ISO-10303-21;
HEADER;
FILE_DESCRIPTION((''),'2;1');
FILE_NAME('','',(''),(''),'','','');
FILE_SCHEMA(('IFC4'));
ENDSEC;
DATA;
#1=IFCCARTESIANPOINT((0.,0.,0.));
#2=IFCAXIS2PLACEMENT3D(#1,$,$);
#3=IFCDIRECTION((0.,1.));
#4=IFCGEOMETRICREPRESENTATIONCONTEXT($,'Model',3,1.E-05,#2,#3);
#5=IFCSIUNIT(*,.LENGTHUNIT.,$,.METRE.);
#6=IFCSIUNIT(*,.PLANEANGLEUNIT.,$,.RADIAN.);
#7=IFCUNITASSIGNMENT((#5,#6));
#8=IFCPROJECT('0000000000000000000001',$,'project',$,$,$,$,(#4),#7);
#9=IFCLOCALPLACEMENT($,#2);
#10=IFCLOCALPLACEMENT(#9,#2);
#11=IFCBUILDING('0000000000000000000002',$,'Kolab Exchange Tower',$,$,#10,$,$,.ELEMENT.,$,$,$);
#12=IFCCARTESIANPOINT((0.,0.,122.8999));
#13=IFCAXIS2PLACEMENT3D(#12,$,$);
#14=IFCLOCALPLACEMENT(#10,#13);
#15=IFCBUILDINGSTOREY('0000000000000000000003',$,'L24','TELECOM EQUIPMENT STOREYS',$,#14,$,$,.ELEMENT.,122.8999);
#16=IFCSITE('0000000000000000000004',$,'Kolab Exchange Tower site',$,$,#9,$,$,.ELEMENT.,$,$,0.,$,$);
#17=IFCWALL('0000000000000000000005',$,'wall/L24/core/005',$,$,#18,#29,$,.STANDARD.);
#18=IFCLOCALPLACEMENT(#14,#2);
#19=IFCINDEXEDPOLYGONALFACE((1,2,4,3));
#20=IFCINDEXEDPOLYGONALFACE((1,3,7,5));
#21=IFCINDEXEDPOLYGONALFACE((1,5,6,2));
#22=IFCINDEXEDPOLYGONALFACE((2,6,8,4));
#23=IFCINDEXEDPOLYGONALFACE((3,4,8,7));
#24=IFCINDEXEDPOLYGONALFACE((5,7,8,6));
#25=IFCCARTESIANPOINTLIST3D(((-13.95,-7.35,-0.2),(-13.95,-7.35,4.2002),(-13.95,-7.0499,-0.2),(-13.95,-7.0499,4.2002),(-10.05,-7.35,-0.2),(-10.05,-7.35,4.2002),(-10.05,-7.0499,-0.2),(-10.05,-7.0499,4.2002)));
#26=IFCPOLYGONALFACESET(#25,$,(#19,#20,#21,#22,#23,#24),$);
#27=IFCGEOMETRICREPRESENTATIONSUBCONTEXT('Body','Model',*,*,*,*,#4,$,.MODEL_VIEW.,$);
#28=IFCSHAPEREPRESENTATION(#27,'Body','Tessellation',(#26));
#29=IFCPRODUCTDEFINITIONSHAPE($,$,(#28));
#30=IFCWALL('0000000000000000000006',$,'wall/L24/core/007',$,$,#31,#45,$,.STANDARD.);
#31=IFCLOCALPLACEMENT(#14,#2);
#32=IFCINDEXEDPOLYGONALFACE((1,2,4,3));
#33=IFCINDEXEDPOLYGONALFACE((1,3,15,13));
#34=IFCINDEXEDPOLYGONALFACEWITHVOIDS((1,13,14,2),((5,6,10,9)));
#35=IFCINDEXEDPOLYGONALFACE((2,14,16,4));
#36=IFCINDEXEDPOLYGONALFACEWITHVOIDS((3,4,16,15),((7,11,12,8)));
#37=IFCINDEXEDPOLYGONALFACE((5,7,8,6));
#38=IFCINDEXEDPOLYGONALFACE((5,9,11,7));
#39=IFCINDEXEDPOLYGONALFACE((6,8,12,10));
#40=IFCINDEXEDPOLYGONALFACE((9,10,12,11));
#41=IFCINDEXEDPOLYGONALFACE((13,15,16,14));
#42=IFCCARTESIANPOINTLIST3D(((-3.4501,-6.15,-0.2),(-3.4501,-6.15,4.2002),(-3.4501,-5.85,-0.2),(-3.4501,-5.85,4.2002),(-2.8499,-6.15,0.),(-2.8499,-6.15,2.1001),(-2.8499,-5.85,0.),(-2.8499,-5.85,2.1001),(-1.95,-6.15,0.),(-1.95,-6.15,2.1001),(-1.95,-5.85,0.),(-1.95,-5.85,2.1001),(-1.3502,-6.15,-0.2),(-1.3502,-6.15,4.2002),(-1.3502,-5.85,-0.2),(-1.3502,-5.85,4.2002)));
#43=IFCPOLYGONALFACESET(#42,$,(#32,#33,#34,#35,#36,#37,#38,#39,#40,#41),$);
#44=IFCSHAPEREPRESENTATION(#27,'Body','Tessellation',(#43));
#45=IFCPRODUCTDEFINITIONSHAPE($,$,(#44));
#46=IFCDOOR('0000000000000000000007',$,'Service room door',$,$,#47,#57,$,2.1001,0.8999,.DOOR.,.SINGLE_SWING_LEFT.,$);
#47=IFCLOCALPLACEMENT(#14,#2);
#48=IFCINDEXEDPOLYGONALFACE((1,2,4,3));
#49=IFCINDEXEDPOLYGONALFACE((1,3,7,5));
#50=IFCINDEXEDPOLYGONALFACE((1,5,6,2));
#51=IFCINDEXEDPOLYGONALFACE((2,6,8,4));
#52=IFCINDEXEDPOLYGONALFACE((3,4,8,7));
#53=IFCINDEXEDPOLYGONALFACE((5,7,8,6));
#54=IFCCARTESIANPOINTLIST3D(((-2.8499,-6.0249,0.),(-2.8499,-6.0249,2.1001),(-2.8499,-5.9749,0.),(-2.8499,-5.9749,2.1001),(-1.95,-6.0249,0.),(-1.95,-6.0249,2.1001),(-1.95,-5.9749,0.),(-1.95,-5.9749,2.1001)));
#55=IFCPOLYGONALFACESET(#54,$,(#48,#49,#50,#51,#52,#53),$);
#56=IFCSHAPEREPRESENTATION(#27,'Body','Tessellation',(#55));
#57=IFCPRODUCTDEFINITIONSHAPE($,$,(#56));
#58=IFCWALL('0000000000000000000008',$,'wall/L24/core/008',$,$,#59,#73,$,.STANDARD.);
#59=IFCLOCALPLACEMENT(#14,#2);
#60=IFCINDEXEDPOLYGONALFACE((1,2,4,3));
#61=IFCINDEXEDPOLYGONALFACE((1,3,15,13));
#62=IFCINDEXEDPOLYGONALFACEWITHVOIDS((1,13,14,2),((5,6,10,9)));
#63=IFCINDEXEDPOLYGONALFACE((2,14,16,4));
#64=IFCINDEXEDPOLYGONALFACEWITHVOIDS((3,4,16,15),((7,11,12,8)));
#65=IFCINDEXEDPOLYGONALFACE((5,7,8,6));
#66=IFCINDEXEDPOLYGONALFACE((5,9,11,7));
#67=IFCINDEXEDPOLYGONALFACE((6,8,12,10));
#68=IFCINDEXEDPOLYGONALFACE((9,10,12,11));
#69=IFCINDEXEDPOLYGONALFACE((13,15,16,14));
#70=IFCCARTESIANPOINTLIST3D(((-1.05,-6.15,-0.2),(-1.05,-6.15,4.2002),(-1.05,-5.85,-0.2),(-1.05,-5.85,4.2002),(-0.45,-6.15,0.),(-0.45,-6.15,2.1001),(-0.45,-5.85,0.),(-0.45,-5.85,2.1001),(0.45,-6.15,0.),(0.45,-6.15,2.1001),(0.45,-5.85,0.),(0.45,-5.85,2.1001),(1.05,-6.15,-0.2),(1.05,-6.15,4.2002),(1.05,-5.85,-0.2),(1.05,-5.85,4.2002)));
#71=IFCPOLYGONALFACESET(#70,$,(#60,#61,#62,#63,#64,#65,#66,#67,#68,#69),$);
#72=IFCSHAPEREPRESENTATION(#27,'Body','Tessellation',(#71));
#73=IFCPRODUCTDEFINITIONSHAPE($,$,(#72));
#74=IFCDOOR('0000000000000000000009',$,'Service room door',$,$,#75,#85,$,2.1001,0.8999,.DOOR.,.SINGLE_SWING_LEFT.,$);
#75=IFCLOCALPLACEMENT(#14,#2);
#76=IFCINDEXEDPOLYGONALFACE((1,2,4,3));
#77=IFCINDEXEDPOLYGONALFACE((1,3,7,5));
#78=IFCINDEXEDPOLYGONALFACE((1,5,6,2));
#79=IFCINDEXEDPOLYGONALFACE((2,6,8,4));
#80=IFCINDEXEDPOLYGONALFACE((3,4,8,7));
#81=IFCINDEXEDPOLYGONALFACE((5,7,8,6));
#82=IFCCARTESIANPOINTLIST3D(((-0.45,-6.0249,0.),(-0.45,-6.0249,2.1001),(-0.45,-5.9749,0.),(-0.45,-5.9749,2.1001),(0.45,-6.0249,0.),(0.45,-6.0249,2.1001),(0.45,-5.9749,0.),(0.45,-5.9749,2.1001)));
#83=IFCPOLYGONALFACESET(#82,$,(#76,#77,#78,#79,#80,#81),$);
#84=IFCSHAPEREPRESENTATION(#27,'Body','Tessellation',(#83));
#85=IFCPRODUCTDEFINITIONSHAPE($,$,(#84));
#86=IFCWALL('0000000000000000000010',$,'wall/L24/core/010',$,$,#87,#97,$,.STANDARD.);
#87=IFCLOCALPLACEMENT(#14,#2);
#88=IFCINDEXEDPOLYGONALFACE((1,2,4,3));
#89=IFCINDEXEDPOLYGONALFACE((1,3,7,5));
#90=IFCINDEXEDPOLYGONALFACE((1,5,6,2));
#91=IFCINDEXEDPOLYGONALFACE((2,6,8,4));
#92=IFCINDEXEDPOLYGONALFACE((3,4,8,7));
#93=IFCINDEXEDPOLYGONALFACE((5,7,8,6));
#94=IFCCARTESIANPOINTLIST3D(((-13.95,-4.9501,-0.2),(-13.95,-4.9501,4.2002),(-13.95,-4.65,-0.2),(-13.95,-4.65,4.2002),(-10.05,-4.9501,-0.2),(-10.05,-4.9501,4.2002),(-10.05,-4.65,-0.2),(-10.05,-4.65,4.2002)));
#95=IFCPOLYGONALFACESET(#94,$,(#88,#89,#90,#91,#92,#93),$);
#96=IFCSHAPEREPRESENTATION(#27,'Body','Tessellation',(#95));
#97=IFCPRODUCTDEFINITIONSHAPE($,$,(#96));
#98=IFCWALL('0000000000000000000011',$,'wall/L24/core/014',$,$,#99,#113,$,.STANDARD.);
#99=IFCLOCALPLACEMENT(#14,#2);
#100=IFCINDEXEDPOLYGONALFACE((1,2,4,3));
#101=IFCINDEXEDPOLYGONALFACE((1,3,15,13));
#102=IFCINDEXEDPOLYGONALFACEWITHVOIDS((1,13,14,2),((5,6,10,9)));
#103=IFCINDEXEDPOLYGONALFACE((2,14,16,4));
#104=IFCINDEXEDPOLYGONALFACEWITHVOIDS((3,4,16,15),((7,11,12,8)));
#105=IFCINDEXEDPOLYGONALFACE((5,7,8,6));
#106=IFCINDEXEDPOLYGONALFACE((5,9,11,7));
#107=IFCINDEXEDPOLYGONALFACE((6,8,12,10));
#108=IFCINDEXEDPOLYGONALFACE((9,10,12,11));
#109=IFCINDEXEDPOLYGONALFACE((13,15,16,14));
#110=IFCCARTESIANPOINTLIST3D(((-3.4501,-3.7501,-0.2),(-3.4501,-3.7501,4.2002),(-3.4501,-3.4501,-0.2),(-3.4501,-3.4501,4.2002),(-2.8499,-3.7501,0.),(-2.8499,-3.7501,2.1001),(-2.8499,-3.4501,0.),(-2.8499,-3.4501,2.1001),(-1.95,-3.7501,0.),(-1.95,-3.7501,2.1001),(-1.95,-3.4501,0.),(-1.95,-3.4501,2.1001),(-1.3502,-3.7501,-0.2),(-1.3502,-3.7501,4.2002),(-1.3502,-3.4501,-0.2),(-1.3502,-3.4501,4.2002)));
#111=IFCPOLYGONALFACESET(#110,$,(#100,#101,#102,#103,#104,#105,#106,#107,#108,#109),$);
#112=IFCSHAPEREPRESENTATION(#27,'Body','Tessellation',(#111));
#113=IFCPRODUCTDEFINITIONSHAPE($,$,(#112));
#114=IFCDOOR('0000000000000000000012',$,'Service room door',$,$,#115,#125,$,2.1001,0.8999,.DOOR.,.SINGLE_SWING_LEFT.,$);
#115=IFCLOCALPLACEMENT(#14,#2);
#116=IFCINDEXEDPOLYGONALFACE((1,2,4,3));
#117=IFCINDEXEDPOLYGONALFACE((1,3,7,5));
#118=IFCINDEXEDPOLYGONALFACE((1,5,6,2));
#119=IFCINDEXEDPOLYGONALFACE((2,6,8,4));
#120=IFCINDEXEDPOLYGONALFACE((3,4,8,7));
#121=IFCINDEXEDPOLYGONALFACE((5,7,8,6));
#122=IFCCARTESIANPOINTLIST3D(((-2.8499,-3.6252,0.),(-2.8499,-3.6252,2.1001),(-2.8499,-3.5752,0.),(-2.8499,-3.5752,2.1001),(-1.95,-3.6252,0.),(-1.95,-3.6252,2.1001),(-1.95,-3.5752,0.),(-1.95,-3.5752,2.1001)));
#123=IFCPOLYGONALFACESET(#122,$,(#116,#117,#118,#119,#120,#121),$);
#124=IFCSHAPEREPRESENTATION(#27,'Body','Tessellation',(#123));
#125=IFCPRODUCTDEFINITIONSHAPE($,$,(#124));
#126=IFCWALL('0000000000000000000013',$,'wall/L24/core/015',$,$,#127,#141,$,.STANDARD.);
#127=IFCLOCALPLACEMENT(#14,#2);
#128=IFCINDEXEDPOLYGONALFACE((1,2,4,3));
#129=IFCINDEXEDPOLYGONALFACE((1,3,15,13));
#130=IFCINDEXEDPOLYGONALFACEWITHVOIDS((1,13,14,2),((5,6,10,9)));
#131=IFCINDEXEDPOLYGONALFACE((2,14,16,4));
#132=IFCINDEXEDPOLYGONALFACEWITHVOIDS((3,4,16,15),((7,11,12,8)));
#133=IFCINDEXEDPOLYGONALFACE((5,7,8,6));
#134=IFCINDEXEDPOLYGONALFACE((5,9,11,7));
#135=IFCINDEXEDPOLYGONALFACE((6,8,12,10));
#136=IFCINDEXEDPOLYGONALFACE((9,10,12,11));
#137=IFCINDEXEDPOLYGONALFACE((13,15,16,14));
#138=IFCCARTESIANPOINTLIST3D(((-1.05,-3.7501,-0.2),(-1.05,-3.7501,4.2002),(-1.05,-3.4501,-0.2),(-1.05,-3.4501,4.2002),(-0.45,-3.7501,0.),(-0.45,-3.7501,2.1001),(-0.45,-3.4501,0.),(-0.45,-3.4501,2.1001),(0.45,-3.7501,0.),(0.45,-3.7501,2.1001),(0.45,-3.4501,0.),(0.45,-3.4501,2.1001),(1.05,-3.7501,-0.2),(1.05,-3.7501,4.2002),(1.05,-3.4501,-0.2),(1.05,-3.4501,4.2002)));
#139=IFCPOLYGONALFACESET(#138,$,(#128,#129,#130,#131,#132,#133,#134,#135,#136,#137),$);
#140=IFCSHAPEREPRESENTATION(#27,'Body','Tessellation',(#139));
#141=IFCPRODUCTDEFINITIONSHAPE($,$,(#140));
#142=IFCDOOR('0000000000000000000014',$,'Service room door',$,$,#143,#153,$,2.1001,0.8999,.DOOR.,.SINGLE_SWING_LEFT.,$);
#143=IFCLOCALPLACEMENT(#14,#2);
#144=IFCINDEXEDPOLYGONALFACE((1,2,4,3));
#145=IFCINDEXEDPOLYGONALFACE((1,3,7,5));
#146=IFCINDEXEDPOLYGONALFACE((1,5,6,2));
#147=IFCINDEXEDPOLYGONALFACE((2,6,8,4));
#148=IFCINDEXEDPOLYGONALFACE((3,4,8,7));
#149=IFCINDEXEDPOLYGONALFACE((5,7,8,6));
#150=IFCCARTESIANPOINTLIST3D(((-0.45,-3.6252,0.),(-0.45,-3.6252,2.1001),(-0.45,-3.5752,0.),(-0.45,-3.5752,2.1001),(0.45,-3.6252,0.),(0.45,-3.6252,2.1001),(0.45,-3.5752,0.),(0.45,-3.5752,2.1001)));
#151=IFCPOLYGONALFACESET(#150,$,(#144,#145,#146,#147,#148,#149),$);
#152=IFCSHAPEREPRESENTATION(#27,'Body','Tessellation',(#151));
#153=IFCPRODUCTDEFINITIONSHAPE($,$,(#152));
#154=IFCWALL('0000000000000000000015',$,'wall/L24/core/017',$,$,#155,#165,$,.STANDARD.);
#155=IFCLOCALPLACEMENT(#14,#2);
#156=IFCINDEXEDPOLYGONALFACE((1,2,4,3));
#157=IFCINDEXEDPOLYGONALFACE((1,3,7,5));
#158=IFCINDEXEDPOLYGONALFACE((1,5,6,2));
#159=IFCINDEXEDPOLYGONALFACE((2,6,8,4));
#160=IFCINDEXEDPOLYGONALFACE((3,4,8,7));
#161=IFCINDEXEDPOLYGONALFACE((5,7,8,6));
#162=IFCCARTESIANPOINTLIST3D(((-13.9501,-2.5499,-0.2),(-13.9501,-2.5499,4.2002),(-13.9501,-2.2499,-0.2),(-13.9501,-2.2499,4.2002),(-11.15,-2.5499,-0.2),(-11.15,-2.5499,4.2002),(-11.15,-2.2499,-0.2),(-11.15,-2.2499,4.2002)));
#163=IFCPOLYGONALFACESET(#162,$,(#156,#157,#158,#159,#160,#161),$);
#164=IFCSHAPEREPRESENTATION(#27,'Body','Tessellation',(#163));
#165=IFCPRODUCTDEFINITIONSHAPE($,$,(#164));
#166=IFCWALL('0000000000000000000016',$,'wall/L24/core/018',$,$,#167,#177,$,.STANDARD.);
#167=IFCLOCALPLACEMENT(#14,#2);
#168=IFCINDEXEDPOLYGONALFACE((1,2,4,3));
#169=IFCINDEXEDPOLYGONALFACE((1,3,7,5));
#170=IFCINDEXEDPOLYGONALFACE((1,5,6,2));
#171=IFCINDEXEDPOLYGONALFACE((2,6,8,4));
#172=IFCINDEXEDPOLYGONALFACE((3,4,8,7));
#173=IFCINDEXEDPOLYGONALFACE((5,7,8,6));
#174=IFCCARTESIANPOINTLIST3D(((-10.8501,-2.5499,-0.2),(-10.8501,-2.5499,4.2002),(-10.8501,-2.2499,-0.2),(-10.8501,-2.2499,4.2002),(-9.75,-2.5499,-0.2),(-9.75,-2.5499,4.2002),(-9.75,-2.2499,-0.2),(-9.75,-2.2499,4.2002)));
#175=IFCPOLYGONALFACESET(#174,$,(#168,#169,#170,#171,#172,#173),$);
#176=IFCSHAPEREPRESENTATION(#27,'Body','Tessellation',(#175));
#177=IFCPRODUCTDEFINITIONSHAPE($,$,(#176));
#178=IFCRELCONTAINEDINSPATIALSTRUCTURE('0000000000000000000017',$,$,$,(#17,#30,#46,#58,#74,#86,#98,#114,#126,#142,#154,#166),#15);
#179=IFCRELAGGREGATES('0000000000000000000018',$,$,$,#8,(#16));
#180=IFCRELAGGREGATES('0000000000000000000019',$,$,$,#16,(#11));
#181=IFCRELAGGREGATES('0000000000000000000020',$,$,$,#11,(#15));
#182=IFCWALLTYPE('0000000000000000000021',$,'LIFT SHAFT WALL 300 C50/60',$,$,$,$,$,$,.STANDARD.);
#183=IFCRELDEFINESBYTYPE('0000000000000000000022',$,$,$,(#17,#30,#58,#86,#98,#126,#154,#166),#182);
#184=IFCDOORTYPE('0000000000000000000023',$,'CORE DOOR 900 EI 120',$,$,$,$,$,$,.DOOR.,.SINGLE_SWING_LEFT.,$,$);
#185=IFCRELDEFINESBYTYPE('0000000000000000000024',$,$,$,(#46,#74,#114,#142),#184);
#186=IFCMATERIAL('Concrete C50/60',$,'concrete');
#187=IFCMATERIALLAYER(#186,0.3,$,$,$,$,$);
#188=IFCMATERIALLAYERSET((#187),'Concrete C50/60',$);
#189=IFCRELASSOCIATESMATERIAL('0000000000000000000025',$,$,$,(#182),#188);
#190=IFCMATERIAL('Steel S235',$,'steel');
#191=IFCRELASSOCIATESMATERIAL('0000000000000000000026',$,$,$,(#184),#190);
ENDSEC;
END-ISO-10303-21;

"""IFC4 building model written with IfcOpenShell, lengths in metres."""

from ifc_helpers import new_model, si_unit, direction, frame, frame_2d, origin, place, context, subcontext, project, spatial, rectangle, extrude, material, layer, layer_set, type_object, element, fill, save


model = new_model("IFC4")

# Units and contexts
model_context = context("Model", 3, precision=1e-05, world=origin(), true_north=direction((0.0, 1.0)))
body_context = subcontext(model_context, "Body", "Model", "MODEL_VIEW")
ifc_project = project(units=[si_unit("LENGTHUNIT", "METRE"), si_unit("PLANEANGLEUNIT", "RADIAN")], contexts=[model_context])

# Site, building, storey
site_placement = place(None, origin())
site = spatial("IfcSite", under=ifc_project, at=site_placement, Name="Kolab Exchange Tower site", CompositionType="ELEMENT", RefElevation=0.0)
building_placement = place(site_placement, origin())
building = spatial("IfcBuilding", under=site, at=building_placement, Name="Kolab Exchange Tower", CompositionType="ELEMENT")
storey_placement = place(building_placement, frame((0.0, 0.0, 122.8999)))
storey = spatial("IfcBuildingStorey", under=building, at=storey_placement, Name="L24", Description="TELECOM EQUIPMENT STOREYS", CompositionType="ELEMENT", Elevation=122.8999)

# Wall
ifc_material_1 = material(Name="Concrete C50/60", Category="concrete")
ifc_layer_1 = layer(ifc_material_1, 0.3)
ifc_layer_set_1 = layer_set([ifc_layer_1], Name="Concrete C50/60")
wall_type_1 = type_object("IfcWallType", Name="LIFT SHAFT WALL 300 C50/60", PredefinedType="STANDARD", material=ifc_layer_set_1)
wall_1_placement = place(storey_placement, frame((-13.95, -7.2, -0.2), z_axis=(0.0, 0.0, 1.0), x_axis=(1.0, 0.0, 0.0)))
element("IfcWall", 1, at=wall_1_placement, inside=storey, type_object=wall_type_1, Name="wall/L24/core/005", PredefinedType="STANDARD", context=body_context, shape_type="SweptSolid", body=[
    extrude(rectangle(XDim=3.8999, YDim=0.3, at=frame_2d((1.95, 0.0))), origin(), (0.0, 0.0, 1.0), 4.4001),
])

# Walls, openings, doors
wall_2_placement = place(storey_placement, frame((-3.45, -6.0, -0.2), z_axis=(0.0, 0.0, 1.0), x_axis=(1.0, 0.0, 0.0)))
wall_2 = element("IfcWall", 2, at=wall_2_placement, inside=storey, type_object=wall_type_1, Name="wall/L24/core/007", PredefinedType="STANDARD", context=body_context, shape_type="SweptSolid", body=[
    extrude(rectangle(XDim=2.0999, YDim=0.3, at=frame_2d((1.0498, 0.0))), origin(), (0.0, 0.0, 1.0), 4.4001),
])
opening_1_placement = place(wall_2_placement, frame((0.6001, 0.0, 0.2)))
opening_1 = element("IfcOpeningElement", 3, at=opening_1_placement, cuts=wall_2, PredefinedType="OPENING", context=body_context, shape_type="SweptSolid", body=[
    extrude(rectangle(XDim=0.8999, YDim=2.1001, at=frame_2d((0.45, 1.05))), frame((0.0, 0.1602, 0.0), z_axis=(0.0, -1.0, 0.0), x_axis=(1.0, 0.0, 0.0)), (0.0, 0.0, 1.0), 0.3201),
])
ifc_material_2 = material(Name="Steel S235", Category="steel")
door_type_1 = type_object("IfcDoorType", Name="CORE DOOR 900 EI 120", OperationType="SINGLE_SWING_LEFT", PredefinedType="DOOR", material=ifc_material_2)
door_1_placement = place(opening_1_placement, frame((0.8999, 0.0, 0.0), z_axis=(0.0, 0.0, 1.0), x_axis=(-1.0, 0.0, 0.0)))
door_1 = element("IfcDoor", 4, at=door_1_placement, inside=storey, type_object=door_type_1, Name="Service room door", OperationType="SINGLE_SWING_LEFT", OverallHeight=2.1001, OverallWidth=0.8999, PredefinedType="DOOR", context=body_context, shape_type="SweptSolid", body=[
    extrude(rectangle(XDim=0.8999, YDim=2.1001, at=frame_2d((0.45, 1.05))), frame((0.0, 0.0249, 0.0), z_axis=(0.0, -1.0, 0.0), x_axis=(1.0, 0.0, 0.0)), (0.0, 0.0, 1.0), 0.05),
])
fill(opening_1, door_1)
wall_3_placement = place(storey_placement, frame((-1.05, -6.0, -0.2), z_axis=(0.0, 0.0, 1.0), x_axis=(1.0, 0.0, 0.0)))
wall_3 = element("IfcWall", 5, at=wall_3_placement, inside=storey, type_object=wall_type_1, Name="wall/L24/core/008", PredefinedType="STANDARD", context=body_context, shape_type="SweptSolid", body=[
    extrude(rectangle(XDim=2.1001, YDim=0.3, at=frame_2d((1.05, 0.0))), origin(), (0.0, 0.0, 1.0), 4.4001),
])
opening_2_placement = place(wall_3_placement, frame((0.6001, 0.0, 0.2)))
opening_2 = element("IfcOpeningElement", 6, at=opening_2_placement, cuts=wall_3, PredefinedType="OPENING", context=body_context, shape_type="SweptSolid", body=[
    extrude(rectangle(XDim=0.8999, YDim=2.1001, at=frame_2d((0.45, 1.05))), frame((0.0, 0.1602, 0.0), z_axis=(0.0, -1.0, 0.0), x_axis=(1.0, 0.0, 0.0)), (0.0, 0.0, 1.0), 0.3201),
])
door_2_placement = place(opening_2_placement, frame((0.8999, 0.0, 0.0), z_axis=(0.0, 0.0, 1.0), x_axis=(-1.0, 0.0, 0.0)))
door_2 = element("IfcDoor", 7, at=door_2_placement, inside=storey, type_object=door_type_1, Name="Service room door", OperationType="SINGLE_SWING_LEFT", OverallHeight=2.1001, OverallWidth=0.8999, PredefinedType="DOOR", context=body_context, shape_type="SweptSolid", body=[
    extrude(rectangle(XDim=0.8999, YDim=2.1001, at=frame_2d((0.45, 1.05))), frame((0.0, 0.0249, 0.0), z_axis=(0.0, -1.0, 0.0), x_axis=(1.0, 0.0, 0.0)), (0.0, 0.0, 1.0), 0.05),
])
fill(opening_2, door_2)

# Wall
wall_4_placement = place(storey_placement, frame((-13.95, -4.8, -0.2), z_axis=(0.0, 0.0, 1.0), x_axis=(1.0, 0.0, 0.0)))
element("IfcWall", 8, at=wall_4_placement, inside=storey, type_object=wall_type_1, Name="wall/L24/core/010", PredefinedType="STANDARD", context=body_context, shape_type="SweptSolid", body=[
    extrude(rectangle(XDim=3.8999, YDim=0.3, at=frame_2d((1.95, 0.0))), origin(), (0.0, 0.0, 1.0), 4.4001),
])

# Walls, openings, doors
wall_5_placement = place(storey_placement, frame((-3.45, -3.6001, -0.2), z_axis=(0.0, 0.0, 1.0), x_axis=(1.0, 0.0, 0.0)))
wall_5 = element("IfcWall", 9, at=wall_5_placement, inside=storey, type_object=wall_type_1, Name="wall/L24/core/014", PredefinedType="STANDARD", context=body_context, shape_type="SweptSolid", body=[
    extrude(rectangle(XDim=2.0999, YDim=0.3, at=frame_2d((1.0498, 0.0))), origin(), (0.0, 0.0, 1.0), 4.4001),
])
opening_3_placement = place(wall_5_placement, frame((0.6001, 0.0, 0.2)))
opening_3 = element("IfcOpeningElement", 10, at=opening_3_placement, cuts=wall_5, PredefinedType="OPENING", context=body_context, shape_type="SweptSolid", body=[
    extrude(rectangle(XDim=0.8999, YDim=2.1001, at=frame_2d((0.45, 1.05))), frame((0.0, 0.1602, 0.0), z_axis=(0.0, -1.0, 0.0), x_axis=(1.0, 0.0, 0.0)), (0.0, 0.0, 1.0), 0.3201),
])
door_3_placement = place(opening_3_placement, origin())
door_3 = element("IfcDoor", 11, at=door_3_placement, inside=storey, type_object=door_type_1, Name="Service room door", OperationType="SINGLE_SWING_LEFT", OverallHeight=2.1001, OverallWidth=0.8999, PredefinedType="DOOR", context=body_context, shape_type="SweptSolid", body=[
    extrude(rectangle(XDim=0.8999, YDim=2.1001, at=frame_2d((0.45, 1.05))), frame((0.0, 0.0249, 0.0), z_axis=(0.0, -1.0, 0.0), x_axis=(1.0, 0.0, 0.0)), (0.0, 0.0, 1.0), 0.05),
])
fill(opening_3, door_3)
wall_6_placement = place(storey_placement, frame((-1.05, -3.6001, -0.2), z_axis=(0.0, 0.0, 1.0), x_axis=(1.0, 0.0, 0.0)))
wall_6 = element("IfcWall", 12, at=wall_6_placement, inside=storey, type_object=wall_type_1, Name="wall/L24/core/015", PredefinedType="STANDARD", context=body_context, shape_type="SweptSolid", body=[
    extrude(rectangle(XDim=2.1001, YDim=0.3, at=frame_2d((1.05, 0.0))), origin(), (0.0, 0.0, 1.0), 4.4001),
])
opening_4_placement = place(wall_6_placement, frame((0.6001, 0.0, 0.2)))
opening_4 = element("IfcOpeningElement", 13, at=opening_4_placement, cuts=wall_6, PredefinedType="OPENING", context=body_context, shape_type="SweptSolid", body=[
    extrude(rectangle(XDim=0.8999, YDim=2.1001, at=frame_2d((0.45, 1.05))), frame((0.0, 0.1602, 0.0), z_axis=(0.0, -1.0, 0.0), x_axis=(1.0, 0.0, 0.0)), (0.0, 0.0, 1.0), 0.3201),
])
door_4_placement = place(opening_4_placement, origin())
door_4 = element("IfcDoor", 14, at=door_4_placement, inside=storey, type_object=door_type_1, Name="Service room door", OperationType="SINGLE_SWING_LEFT", OverallHeight=2.1001, OverallWidth=0.8999, PredefinedType="DOOR", context=body_context, shape_type="SweptSolid", body=[
    extrude(rectangle(XDim=0.8999, YDim=2.1001, at=frame_2d((0.45, 1.05))), frame((0.0, 0.0249, 0.0), z_axis=(0.0, -1.0, 0.0), x_axis=(1.0, 0.0, 0.0)), (0.0, 0.0, 1.0), 0.05),
])
fill(opening_4, door_4)

# Walls
wall_7_placement = place(storey_placement, frame((-13.95, -2.3999, -0.2), z_axis=(0.0, 0.0, 1.0), x_axis=(1.0, 0.0, 0.0)))
element("IfcWall", 15, at=wall_7_placement, inside=storey, type_object=wall_type_1, Name="wall/L24/core/017", PredefinedType="STANDARD", context=body_context, shape_type="SweptSolid", body=[
    extrude(rectangle(XDim=2.8, YDim=0.3, at=frame_2d((1.3999, 0.0))), origin(), (0.0, 0.0, 1.0), 4.4001),
])
wall_8_placement = place(storey_placement, frame((-10.8501, -2.3999, -0.2), z_axis=(0.0, 0.0, 1.0), x_axis=(1.0, 0.0, 0.0)))
element("IfcWall", 16, at=wall_8_placement, inside=storey, type_object=wall_type_1, Name="wall/L24/core/018", PredefinedType="STANDARD", context=body_context, shape_type="SweptSolid", body=[
    extrude(rectangle(XDim=1.1001, YDim=0.3, at=frame_2d((0.55, 0.0))), origin(), (0.0, 0.0, 1.0), 4.4001),
])

save(model, "model.ifc")
